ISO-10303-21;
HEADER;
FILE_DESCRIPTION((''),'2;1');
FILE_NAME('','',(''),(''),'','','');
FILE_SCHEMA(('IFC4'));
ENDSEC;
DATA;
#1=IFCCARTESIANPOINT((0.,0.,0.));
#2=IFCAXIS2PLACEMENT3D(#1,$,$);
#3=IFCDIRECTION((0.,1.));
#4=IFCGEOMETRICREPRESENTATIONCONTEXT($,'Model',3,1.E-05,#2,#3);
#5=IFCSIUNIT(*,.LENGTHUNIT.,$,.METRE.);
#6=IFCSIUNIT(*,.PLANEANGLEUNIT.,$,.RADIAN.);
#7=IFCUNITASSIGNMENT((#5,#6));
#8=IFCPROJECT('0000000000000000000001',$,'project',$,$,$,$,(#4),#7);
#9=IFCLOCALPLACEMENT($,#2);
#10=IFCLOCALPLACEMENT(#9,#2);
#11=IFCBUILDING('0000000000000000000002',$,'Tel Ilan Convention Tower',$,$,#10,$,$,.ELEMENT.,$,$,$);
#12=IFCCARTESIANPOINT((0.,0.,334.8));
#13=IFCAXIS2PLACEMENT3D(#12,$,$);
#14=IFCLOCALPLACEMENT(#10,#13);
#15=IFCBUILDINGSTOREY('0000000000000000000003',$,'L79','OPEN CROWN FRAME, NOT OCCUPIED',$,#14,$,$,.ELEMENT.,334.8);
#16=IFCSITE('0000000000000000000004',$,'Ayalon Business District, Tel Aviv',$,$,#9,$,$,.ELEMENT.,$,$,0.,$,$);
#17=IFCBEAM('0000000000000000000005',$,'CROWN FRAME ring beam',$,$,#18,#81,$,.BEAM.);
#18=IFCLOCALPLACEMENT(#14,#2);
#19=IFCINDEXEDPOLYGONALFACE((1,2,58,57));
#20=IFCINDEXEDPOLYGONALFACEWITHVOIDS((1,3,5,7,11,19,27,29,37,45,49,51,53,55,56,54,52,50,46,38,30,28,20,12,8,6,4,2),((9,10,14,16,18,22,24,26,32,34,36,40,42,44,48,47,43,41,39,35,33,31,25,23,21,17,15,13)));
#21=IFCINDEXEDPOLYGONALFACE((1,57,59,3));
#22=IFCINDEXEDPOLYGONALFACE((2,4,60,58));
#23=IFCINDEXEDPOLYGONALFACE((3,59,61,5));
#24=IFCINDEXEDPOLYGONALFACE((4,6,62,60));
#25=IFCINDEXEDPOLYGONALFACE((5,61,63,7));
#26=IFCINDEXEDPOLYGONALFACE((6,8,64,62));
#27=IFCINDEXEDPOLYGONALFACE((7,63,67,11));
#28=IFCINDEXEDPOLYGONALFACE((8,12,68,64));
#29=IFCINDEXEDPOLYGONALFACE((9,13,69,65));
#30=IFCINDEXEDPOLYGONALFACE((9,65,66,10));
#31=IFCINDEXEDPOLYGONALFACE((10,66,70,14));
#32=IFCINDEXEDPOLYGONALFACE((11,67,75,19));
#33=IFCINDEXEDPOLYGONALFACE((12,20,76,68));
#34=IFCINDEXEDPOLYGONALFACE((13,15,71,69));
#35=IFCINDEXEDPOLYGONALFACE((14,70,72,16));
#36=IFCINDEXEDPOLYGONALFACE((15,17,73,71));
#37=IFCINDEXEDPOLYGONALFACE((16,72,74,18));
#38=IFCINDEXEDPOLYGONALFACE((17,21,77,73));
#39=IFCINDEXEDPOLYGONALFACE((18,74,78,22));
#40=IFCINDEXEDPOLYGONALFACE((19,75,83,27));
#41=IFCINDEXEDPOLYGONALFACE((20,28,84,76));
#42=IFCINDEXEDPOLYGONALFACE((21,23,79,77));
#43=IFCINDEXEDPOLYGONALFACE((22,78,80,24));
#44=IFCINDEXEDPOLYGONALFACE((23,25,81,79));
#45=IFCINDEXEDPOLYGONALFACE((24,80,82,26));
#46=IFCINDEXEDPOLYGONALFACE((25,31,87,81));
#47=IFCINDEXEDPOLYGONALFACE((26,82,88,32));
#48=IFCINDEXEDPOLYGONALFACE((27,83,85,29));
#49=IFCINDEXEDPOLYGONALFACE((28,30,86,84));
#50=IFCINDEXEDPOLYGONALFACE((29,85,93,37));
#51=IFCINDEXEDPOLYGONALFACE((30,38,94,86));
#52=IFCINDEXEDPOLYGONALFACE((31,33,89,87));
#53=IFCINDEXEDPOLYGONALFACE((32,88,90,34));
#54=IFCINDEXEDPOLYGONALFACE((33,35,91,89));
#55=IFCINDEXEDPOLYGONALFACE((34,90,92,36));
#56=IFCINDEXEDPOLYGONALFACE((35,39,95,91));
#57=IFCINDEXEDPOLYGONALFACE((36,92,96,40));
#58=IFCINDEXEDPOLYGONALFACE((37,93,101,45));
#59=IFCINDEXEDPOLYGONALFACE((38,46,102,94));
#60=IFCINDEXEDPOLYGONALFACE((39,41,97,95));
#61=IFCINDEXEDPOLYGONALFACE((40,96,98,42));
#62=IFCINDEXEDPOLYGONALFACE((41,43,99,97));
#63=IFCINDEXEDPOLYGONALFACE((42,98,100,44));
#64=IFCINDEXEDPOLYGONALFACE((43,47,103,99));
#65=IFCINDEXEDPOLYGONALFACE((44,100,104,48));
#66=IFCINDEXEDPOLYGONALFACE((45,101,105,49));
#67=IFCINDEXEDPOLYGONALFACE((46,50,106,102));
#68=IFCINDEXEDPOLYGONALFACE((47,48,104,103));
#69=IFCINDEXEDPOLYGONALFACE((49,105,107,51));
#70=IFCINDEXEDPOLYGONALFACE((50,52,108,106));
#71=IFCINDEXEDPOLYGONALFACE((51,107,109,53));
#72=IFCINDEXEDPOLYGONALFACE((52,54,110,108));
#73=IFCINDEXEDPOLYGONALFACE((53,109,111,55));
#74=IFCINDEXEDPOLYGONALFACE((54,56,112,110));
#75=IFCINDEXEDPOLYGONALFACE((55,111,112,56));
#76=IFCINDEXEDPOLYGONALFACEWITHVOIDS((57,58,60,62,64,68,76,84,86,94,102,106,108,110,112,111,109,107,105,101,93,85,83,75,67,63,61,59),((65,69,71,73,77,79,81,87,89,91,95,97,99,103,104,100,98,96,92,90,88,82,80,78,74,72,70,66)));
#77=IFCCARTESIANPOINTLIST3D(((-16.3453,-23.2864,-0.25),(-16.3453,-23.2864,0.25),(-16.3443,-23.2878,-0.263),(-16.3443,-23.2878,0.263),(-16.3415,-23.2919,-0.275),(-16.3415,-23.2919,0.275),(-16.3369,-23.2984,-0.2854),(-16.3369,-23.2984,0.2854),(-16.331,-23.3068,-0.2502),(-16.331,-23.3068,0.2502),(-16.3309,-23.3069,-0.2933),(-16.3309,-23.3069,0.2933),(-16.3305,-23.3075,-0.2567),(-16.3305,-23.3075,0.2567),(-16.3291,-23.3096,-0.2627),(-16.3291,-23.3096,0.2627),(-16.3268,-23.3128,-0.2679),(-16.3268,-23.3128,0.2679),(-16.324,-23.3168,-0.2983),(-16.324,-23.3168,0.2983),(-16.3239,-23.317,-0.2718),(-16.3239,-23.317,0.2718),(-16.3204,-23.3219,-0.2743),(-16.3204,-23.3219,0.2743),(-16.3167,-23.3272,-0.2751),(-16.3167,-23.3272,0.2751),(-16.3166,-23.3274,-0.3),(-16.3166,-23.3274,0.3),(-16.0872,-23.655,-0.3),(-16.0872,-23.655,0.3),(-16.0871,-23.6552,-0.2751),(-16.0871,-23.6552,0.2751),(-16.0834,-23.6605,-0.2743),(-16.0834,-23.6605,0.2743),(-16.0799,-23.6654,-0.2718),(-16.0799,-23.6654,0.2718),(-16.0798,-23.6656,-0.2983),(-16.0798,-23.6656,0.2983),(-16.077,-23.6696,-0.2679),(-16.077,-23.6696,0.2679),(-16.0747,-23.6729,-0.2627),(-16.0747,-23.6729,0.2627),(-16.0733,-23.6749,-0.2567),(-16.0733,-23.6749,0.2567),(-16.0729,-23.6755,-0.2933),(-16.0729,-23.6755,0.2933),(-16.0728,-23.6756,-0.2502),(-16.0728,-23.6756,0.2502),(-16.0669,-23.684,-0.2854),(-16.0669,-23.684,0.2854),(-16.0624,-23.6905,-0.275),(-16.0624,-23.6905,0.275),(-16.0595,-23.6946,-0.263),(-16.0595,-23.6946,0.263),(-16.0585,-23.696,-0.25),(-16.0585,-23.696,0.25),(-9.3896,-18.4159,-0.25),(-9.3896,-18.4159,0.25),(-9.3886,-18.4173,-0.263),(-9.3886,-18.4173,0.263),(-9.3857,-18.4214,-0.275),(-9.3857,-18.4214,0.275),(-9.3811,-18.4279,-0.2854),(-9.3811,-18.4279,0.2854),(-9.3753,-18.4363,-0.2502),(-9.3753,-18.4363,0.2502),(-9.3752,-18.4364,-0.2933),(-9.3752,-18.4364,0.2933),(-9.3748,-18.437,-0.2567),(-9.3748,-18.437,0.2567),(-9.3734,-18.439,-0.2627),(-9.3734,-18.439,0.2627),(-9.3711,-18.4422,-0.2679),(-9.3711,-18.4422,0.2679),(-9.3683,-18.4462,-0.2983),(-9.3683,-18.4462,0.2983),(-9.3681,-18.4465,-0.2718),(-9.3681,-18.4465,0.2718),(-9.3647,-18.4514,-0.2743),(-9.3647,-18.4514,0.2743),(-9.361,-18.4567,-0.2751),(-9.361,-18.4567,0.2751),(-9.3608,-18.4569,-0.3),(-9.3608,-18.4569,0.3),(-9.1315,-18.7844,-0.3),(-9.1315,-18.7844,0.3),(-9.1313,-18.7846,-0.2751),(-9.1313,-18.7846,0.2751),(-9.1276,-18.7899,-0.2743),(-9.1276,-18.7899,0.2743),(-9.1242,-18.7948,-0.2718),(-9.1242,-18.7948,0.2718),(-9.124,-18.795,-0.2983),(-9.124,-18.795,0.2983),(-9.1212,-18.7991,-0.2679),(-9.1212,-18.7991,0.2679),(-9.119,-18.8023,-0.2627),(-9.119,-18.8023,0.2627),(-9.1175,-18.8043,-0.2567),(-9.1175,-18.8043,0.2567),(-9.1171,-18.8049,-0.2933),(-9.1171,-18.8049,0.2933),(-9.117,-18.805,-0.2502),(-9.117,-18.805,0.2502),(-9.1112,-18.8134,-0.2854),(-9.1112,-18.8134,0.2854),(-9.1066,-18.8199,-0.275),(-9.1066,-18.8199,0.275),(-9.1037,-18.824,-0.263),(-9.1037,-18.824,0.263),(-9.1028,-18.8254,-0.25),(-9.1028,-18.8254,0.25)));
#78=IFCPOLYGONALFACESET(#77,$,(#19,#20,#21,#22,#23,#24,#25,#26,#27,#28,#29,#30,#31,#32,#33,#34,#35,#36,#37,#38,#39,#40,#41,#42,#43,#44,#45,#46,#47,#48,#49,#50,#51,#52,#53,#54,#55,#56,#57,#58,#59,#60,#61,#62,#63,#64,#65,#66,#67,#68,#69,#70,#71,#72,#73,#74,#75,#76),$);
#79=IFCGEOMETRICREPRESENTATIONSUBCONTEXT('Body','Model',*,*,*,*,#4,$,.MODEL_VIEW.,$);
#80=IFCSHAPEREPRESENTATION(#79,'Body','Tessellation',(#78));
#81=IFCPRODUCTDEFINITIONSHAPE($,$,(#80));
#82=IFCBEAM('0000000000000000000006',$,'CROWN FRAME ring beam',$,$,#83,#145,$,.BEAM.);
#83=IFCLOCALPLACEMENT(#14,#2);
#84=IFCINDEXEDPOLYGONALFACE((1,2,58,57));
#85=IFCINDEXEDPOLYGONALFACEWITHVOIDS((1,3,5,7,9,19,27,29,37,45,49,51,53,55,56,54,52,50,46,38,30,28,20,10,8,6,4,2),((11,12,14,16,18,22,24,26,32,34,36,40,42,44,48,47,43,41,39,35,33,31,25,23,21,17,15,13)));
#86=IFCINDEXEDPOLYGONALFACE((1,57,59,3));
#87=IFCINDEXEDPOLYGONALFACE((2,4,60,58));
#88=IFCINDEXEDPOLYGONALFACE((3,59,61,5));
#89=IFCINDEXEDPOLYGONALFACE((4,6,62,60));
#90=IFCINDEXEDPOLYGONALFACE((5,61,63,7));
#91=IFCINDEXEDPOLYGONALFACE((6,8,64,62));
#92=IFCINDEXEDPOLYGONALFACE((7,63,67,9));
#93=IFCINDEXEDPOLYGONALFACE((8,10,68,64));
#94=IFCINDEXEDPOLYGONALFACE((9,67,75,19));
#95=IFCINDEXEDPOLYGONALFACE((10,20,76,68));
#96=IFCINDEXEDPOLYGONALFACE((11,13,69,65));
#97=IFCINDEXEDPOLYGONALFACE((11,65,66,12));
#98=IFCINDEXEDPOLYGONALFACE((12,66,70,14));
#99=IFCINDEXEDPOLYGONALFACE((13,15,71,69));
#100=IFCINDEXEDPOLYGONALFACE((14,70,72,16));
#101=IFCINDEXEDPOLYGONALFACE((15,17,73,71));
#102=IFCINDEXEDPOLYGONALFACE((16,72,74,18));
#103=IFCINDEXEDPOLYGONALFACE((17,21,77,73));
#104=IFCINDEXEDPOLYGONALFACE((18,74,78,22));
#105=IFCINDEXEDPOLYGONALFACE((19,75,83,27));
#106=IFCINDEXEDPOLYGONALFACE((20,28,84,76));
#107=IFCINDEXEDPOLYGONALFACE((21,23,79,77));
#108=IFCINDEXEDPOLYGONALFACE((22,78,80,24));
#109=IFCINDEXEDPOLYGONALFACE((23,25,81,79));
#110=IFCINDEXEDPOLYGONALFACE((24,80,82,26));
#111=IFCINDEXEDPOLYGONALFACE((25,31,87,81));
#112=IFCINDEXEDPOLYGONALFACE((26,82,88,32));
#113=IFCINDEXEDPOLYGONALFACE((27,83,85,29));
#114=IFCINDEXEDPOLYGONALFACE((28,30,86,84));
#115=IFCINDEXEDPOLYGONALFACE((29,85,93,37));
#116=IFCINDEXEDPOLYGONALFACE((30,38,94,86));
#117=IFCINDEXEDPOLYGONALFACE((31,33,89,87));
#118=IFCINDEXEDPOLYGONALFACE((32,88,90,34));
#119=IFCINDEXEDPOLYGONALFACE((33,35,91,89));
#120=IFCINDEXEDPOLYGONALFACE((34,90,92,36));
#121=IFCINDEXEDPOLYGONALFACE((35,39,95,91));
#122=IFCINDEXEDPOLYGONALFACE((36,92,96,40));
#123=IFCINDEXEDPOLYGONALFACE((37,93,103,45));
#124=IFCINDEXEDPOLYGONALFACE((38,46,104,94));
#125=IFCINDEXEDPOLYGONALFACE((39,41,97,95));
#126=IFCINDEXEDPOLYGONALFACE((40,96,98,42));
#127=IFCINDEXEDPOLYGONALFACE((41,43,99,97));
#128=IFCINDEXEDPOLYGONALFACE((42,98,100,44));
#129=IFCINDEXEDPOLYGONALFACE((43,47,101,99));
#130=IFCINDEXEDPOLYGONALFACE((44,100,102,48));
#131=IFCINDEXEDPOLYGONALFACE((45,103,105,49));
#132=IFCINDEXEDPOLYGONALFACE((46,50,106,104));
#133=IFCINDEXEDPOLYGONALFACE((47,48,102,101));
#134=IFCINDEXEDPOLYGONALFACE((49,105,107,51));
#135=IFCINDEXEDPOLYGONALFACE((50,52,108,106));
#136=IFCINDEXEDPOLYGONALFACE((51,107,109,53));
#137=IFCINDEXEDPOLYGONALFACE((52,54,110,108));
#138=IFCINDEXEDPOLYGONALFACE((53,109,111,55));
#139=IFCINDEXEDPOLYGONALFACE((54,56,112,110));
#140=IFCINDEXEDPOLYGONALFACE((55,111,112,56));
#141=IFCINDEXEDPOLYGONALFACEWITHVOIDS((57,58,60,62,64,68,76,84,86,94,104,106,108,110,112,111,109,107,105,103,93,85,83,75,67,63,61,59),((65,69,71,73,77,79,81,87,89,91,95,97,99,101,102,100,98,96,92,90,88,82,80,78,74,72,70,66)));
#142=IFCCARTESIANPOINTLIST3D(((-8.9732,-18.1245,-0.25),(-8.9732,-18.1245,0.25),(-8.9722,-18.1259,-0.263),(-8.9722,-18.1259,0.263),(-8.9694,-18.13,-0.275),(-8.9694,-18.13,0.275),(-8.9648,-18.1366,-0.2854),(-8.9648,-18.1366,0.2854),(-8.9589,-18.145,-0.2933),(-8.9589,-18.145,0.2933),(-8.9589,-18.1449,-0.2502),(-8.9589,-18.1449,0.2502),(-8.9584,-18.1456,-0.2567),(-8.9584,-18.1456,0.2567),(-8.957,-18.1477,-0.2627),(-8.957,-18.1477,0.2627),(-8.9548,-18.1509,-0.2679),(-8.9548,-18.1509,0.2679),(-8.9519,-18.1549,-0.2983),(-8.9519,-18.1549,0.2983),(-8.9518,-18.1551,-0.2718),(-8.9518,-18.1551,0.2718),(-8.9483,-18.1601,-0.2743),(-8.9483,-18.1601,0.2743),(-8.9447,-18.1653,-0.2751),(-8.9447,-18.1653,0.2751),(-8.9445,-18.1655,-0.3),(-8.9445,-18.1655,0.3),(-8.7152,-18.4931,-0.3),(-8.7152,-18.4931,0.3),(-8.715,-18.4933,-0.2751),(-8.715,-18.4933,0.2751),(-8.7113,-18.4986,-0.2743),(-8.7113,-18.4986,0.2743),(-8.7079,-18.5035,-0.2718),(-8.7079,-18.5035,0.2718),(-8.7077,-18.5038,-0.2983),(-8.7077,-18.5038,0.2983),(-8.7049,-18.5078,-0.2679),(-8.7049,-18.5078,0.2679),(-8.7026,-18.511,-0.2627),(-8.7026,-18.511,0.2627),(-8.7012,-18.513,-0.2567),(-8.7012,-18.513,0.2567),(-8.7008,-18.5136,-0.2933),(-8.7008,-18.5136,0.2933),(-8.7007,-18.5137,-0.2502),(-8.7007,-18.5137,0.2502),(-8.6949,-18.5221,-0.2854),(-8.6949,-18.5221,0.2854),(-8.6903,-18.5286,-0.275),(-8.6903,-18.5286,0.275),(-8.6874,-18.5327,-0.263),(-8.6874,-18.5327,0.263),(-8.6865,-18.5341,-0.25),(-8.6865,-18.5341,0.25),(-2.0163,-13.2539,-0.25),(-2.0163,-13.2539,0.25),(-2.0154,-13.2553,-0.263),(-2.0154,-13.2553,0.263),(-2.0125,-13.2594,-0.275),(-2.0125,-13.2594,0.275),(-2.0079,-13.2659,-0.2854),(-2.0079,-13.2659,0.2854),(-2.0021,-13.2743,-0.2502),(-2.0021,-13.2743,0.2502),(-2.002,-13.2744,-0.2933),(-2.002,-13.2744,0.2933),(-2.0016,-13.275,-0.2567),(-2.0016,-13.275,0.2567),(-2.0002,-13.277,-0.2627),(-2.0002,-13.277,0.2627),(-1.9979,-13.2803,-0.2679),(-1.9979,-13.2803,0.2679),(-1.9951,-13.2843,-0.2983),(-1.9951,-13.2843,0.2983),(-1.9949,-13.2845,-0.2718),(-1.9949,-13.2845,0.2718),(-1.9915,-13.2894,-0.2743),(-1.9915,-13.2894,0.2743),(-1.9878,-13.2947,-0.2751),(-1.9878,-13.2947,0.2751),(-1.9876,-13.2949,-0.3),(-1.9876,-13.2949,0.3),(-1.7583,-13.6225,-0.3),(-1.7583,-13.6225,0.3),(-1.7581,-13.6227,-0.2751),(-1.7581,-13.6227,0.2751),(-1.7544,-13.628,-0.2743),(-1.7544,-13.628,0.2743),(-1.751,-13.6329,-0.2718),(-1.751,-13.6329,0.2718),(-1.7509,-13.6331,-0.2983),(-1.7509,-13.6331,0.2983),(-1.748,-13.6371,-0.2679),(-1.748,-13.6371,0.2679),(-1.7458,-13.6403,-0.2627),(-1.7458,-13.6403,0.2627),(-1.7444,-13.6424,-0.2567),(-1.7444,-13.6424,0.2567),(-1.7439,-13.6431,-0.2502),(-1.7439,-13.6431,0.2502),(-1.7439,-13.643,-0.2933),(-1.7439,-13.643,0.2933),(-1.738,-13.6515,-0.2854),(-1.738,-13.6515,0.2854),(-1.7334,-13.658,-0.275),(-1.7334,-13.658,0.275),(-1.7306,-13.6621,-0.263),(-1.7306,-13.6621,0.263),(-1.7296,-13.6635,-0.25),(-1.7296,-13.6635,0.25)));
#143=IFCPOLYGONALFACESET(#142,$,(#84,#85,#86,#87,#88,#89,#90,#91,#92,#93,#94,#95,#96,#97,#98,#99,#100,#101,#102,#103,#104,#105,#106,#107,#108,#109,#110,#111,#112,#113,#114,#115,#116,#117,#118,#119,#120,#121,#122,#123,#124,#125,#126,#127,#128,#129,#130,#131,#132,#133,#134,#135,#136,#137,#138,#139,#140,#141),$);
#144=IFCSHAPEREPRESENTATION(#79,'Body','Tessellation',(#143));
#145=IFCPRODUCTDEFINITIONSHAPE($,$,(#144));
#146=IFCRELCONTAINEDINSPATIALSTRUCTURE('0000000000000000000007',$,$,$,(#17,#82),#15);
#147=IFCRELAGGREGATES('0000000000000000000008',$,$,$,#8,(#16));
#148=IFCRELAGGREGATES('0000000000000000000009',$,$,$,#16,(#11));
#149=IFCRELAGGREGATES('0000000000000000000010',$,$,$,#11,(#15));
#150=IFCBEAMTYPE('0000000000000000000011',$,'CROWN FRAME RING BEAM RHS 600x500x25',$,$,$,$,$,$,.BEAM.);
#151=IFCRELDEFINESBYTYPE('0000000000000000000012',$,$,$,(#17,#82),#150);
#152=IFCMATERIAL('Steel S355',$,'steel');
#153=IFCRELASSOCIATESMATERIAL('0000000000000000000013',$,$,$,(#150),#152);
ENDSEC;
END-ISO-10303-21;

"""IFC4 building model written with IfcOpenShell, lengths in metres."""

from ifc_helpers import new_model, si_unit, direction, frame, origin, origin_2d, place, context, subcontext, project, spatial, hollow_rectangle, extrude, material, material_profile, profile_set, type_object, element, save


model = new_model("IFC4")

# Units and contexts
model_context = context("Model", 3, precision=1e-05, world=origin(), true_north=direction((0.0, 1.0)))
body_context = subcontext(model_context, "Body", "Model", "MODEL_VIEW")
ifc_project = project(units=[si_unit("LENGTHUNIT", "METRE"), si_unit("PLANEANGLEUNIT", "RADIAN")], contexts=[model_context])

# Site, building, storey
site_placement = place(None, origin())
site = spatial("IfcSite", under=ifc_project, at=site_placement, Name="Ayalon Business District, Tel Aviv", CompositionType="ELEMENT", RefElevation=0.0)
building_placement = place(site_placement, origin())
building = spatial("IfcBuilding", under=site, at=building_placement, Name="Tel Ilan Convention Tower", CompositionType="ELEMENT")
storey_placement = place(building_placement, frame((0.0, 0.0, 334.8)))
storey = spatial("IfcBuildingStorey", under=building, at=storey_placement, Name="L79", Description="OPEN CROWN FRAME, NOT OCCUPIED", CompositionType="ELEMENT", Elevation=334.8)

# Beams
ifc_material_1 = material(Name="Steel S355", Category="steel")
ifc_material_profile_1 = material_profile(ifc_material_1, hollow_rectangle(XDim=0.5, YDim=0.6001, WallThickness=0.0249, InnerFilletRadius=0.0249, OuterFilletRadius=0.05, at=origin_2d()), Name="RHS 600x500x25")
ifc_profile_set_1 = profile_set([ifc_material_profile_1], Name="Steel S355")
beam_type = type_object("IfcBeamType", Name="CROWN FRAME RING BEAM RHS 600x500x25", PredefinedType="BEAM", material=ifc_profile_set_1)
beam_1_placement = place(storey_placement, frame((-16.2019, -23.4912, 0.0), z_axis=(0.819147, 0.573584, 0.0), x_axis=(-0.573584, 0.819147, 0.0)))
element("IfcBeam", 1, at=beam_1_placement, inside=storey, type_object=beam_type, Name="CROWN FRAME ring beam", PredefinedType="BEAM", context=body_context, shape_type="SweptSolid", body=[
    extrude(hollow_rectangle(XDim=0.5, YDim=0.6001, WallThickness=0.0249, InnerFilletRadius=0.0249, OuterFilletRadius=0.05, at=origin_2d()), origin(), (0.0, 0.0, 1.0), 8.4915),
])
beam_2_placement = place(storey_placement, frame((-8.8298, -18.3293, 0.0), z_axis=(0.819185, 0.57353, 0.0), x_axis=(-0.57353, 0.819185, 0.0)))
element("IfcBeam", 2, at=beam_2_placement, inside=storey, type_object=beam_type, Name="CROWN FRAME ring beam", PredefinedType="BEAM", context=body_context, shape_type="SweptSolid", body=[
    extrude(hollow_rectangle(XDim=0.5, YDim=0.6001, WallThickness=0.0249, InnerFilletRadius=0.0249, OuterFilletRadius=0.05, at=origin_2d()), origin(), (0.0, 0.0, 1.0), 8.4924),
])

save(model, "model.ifc")
